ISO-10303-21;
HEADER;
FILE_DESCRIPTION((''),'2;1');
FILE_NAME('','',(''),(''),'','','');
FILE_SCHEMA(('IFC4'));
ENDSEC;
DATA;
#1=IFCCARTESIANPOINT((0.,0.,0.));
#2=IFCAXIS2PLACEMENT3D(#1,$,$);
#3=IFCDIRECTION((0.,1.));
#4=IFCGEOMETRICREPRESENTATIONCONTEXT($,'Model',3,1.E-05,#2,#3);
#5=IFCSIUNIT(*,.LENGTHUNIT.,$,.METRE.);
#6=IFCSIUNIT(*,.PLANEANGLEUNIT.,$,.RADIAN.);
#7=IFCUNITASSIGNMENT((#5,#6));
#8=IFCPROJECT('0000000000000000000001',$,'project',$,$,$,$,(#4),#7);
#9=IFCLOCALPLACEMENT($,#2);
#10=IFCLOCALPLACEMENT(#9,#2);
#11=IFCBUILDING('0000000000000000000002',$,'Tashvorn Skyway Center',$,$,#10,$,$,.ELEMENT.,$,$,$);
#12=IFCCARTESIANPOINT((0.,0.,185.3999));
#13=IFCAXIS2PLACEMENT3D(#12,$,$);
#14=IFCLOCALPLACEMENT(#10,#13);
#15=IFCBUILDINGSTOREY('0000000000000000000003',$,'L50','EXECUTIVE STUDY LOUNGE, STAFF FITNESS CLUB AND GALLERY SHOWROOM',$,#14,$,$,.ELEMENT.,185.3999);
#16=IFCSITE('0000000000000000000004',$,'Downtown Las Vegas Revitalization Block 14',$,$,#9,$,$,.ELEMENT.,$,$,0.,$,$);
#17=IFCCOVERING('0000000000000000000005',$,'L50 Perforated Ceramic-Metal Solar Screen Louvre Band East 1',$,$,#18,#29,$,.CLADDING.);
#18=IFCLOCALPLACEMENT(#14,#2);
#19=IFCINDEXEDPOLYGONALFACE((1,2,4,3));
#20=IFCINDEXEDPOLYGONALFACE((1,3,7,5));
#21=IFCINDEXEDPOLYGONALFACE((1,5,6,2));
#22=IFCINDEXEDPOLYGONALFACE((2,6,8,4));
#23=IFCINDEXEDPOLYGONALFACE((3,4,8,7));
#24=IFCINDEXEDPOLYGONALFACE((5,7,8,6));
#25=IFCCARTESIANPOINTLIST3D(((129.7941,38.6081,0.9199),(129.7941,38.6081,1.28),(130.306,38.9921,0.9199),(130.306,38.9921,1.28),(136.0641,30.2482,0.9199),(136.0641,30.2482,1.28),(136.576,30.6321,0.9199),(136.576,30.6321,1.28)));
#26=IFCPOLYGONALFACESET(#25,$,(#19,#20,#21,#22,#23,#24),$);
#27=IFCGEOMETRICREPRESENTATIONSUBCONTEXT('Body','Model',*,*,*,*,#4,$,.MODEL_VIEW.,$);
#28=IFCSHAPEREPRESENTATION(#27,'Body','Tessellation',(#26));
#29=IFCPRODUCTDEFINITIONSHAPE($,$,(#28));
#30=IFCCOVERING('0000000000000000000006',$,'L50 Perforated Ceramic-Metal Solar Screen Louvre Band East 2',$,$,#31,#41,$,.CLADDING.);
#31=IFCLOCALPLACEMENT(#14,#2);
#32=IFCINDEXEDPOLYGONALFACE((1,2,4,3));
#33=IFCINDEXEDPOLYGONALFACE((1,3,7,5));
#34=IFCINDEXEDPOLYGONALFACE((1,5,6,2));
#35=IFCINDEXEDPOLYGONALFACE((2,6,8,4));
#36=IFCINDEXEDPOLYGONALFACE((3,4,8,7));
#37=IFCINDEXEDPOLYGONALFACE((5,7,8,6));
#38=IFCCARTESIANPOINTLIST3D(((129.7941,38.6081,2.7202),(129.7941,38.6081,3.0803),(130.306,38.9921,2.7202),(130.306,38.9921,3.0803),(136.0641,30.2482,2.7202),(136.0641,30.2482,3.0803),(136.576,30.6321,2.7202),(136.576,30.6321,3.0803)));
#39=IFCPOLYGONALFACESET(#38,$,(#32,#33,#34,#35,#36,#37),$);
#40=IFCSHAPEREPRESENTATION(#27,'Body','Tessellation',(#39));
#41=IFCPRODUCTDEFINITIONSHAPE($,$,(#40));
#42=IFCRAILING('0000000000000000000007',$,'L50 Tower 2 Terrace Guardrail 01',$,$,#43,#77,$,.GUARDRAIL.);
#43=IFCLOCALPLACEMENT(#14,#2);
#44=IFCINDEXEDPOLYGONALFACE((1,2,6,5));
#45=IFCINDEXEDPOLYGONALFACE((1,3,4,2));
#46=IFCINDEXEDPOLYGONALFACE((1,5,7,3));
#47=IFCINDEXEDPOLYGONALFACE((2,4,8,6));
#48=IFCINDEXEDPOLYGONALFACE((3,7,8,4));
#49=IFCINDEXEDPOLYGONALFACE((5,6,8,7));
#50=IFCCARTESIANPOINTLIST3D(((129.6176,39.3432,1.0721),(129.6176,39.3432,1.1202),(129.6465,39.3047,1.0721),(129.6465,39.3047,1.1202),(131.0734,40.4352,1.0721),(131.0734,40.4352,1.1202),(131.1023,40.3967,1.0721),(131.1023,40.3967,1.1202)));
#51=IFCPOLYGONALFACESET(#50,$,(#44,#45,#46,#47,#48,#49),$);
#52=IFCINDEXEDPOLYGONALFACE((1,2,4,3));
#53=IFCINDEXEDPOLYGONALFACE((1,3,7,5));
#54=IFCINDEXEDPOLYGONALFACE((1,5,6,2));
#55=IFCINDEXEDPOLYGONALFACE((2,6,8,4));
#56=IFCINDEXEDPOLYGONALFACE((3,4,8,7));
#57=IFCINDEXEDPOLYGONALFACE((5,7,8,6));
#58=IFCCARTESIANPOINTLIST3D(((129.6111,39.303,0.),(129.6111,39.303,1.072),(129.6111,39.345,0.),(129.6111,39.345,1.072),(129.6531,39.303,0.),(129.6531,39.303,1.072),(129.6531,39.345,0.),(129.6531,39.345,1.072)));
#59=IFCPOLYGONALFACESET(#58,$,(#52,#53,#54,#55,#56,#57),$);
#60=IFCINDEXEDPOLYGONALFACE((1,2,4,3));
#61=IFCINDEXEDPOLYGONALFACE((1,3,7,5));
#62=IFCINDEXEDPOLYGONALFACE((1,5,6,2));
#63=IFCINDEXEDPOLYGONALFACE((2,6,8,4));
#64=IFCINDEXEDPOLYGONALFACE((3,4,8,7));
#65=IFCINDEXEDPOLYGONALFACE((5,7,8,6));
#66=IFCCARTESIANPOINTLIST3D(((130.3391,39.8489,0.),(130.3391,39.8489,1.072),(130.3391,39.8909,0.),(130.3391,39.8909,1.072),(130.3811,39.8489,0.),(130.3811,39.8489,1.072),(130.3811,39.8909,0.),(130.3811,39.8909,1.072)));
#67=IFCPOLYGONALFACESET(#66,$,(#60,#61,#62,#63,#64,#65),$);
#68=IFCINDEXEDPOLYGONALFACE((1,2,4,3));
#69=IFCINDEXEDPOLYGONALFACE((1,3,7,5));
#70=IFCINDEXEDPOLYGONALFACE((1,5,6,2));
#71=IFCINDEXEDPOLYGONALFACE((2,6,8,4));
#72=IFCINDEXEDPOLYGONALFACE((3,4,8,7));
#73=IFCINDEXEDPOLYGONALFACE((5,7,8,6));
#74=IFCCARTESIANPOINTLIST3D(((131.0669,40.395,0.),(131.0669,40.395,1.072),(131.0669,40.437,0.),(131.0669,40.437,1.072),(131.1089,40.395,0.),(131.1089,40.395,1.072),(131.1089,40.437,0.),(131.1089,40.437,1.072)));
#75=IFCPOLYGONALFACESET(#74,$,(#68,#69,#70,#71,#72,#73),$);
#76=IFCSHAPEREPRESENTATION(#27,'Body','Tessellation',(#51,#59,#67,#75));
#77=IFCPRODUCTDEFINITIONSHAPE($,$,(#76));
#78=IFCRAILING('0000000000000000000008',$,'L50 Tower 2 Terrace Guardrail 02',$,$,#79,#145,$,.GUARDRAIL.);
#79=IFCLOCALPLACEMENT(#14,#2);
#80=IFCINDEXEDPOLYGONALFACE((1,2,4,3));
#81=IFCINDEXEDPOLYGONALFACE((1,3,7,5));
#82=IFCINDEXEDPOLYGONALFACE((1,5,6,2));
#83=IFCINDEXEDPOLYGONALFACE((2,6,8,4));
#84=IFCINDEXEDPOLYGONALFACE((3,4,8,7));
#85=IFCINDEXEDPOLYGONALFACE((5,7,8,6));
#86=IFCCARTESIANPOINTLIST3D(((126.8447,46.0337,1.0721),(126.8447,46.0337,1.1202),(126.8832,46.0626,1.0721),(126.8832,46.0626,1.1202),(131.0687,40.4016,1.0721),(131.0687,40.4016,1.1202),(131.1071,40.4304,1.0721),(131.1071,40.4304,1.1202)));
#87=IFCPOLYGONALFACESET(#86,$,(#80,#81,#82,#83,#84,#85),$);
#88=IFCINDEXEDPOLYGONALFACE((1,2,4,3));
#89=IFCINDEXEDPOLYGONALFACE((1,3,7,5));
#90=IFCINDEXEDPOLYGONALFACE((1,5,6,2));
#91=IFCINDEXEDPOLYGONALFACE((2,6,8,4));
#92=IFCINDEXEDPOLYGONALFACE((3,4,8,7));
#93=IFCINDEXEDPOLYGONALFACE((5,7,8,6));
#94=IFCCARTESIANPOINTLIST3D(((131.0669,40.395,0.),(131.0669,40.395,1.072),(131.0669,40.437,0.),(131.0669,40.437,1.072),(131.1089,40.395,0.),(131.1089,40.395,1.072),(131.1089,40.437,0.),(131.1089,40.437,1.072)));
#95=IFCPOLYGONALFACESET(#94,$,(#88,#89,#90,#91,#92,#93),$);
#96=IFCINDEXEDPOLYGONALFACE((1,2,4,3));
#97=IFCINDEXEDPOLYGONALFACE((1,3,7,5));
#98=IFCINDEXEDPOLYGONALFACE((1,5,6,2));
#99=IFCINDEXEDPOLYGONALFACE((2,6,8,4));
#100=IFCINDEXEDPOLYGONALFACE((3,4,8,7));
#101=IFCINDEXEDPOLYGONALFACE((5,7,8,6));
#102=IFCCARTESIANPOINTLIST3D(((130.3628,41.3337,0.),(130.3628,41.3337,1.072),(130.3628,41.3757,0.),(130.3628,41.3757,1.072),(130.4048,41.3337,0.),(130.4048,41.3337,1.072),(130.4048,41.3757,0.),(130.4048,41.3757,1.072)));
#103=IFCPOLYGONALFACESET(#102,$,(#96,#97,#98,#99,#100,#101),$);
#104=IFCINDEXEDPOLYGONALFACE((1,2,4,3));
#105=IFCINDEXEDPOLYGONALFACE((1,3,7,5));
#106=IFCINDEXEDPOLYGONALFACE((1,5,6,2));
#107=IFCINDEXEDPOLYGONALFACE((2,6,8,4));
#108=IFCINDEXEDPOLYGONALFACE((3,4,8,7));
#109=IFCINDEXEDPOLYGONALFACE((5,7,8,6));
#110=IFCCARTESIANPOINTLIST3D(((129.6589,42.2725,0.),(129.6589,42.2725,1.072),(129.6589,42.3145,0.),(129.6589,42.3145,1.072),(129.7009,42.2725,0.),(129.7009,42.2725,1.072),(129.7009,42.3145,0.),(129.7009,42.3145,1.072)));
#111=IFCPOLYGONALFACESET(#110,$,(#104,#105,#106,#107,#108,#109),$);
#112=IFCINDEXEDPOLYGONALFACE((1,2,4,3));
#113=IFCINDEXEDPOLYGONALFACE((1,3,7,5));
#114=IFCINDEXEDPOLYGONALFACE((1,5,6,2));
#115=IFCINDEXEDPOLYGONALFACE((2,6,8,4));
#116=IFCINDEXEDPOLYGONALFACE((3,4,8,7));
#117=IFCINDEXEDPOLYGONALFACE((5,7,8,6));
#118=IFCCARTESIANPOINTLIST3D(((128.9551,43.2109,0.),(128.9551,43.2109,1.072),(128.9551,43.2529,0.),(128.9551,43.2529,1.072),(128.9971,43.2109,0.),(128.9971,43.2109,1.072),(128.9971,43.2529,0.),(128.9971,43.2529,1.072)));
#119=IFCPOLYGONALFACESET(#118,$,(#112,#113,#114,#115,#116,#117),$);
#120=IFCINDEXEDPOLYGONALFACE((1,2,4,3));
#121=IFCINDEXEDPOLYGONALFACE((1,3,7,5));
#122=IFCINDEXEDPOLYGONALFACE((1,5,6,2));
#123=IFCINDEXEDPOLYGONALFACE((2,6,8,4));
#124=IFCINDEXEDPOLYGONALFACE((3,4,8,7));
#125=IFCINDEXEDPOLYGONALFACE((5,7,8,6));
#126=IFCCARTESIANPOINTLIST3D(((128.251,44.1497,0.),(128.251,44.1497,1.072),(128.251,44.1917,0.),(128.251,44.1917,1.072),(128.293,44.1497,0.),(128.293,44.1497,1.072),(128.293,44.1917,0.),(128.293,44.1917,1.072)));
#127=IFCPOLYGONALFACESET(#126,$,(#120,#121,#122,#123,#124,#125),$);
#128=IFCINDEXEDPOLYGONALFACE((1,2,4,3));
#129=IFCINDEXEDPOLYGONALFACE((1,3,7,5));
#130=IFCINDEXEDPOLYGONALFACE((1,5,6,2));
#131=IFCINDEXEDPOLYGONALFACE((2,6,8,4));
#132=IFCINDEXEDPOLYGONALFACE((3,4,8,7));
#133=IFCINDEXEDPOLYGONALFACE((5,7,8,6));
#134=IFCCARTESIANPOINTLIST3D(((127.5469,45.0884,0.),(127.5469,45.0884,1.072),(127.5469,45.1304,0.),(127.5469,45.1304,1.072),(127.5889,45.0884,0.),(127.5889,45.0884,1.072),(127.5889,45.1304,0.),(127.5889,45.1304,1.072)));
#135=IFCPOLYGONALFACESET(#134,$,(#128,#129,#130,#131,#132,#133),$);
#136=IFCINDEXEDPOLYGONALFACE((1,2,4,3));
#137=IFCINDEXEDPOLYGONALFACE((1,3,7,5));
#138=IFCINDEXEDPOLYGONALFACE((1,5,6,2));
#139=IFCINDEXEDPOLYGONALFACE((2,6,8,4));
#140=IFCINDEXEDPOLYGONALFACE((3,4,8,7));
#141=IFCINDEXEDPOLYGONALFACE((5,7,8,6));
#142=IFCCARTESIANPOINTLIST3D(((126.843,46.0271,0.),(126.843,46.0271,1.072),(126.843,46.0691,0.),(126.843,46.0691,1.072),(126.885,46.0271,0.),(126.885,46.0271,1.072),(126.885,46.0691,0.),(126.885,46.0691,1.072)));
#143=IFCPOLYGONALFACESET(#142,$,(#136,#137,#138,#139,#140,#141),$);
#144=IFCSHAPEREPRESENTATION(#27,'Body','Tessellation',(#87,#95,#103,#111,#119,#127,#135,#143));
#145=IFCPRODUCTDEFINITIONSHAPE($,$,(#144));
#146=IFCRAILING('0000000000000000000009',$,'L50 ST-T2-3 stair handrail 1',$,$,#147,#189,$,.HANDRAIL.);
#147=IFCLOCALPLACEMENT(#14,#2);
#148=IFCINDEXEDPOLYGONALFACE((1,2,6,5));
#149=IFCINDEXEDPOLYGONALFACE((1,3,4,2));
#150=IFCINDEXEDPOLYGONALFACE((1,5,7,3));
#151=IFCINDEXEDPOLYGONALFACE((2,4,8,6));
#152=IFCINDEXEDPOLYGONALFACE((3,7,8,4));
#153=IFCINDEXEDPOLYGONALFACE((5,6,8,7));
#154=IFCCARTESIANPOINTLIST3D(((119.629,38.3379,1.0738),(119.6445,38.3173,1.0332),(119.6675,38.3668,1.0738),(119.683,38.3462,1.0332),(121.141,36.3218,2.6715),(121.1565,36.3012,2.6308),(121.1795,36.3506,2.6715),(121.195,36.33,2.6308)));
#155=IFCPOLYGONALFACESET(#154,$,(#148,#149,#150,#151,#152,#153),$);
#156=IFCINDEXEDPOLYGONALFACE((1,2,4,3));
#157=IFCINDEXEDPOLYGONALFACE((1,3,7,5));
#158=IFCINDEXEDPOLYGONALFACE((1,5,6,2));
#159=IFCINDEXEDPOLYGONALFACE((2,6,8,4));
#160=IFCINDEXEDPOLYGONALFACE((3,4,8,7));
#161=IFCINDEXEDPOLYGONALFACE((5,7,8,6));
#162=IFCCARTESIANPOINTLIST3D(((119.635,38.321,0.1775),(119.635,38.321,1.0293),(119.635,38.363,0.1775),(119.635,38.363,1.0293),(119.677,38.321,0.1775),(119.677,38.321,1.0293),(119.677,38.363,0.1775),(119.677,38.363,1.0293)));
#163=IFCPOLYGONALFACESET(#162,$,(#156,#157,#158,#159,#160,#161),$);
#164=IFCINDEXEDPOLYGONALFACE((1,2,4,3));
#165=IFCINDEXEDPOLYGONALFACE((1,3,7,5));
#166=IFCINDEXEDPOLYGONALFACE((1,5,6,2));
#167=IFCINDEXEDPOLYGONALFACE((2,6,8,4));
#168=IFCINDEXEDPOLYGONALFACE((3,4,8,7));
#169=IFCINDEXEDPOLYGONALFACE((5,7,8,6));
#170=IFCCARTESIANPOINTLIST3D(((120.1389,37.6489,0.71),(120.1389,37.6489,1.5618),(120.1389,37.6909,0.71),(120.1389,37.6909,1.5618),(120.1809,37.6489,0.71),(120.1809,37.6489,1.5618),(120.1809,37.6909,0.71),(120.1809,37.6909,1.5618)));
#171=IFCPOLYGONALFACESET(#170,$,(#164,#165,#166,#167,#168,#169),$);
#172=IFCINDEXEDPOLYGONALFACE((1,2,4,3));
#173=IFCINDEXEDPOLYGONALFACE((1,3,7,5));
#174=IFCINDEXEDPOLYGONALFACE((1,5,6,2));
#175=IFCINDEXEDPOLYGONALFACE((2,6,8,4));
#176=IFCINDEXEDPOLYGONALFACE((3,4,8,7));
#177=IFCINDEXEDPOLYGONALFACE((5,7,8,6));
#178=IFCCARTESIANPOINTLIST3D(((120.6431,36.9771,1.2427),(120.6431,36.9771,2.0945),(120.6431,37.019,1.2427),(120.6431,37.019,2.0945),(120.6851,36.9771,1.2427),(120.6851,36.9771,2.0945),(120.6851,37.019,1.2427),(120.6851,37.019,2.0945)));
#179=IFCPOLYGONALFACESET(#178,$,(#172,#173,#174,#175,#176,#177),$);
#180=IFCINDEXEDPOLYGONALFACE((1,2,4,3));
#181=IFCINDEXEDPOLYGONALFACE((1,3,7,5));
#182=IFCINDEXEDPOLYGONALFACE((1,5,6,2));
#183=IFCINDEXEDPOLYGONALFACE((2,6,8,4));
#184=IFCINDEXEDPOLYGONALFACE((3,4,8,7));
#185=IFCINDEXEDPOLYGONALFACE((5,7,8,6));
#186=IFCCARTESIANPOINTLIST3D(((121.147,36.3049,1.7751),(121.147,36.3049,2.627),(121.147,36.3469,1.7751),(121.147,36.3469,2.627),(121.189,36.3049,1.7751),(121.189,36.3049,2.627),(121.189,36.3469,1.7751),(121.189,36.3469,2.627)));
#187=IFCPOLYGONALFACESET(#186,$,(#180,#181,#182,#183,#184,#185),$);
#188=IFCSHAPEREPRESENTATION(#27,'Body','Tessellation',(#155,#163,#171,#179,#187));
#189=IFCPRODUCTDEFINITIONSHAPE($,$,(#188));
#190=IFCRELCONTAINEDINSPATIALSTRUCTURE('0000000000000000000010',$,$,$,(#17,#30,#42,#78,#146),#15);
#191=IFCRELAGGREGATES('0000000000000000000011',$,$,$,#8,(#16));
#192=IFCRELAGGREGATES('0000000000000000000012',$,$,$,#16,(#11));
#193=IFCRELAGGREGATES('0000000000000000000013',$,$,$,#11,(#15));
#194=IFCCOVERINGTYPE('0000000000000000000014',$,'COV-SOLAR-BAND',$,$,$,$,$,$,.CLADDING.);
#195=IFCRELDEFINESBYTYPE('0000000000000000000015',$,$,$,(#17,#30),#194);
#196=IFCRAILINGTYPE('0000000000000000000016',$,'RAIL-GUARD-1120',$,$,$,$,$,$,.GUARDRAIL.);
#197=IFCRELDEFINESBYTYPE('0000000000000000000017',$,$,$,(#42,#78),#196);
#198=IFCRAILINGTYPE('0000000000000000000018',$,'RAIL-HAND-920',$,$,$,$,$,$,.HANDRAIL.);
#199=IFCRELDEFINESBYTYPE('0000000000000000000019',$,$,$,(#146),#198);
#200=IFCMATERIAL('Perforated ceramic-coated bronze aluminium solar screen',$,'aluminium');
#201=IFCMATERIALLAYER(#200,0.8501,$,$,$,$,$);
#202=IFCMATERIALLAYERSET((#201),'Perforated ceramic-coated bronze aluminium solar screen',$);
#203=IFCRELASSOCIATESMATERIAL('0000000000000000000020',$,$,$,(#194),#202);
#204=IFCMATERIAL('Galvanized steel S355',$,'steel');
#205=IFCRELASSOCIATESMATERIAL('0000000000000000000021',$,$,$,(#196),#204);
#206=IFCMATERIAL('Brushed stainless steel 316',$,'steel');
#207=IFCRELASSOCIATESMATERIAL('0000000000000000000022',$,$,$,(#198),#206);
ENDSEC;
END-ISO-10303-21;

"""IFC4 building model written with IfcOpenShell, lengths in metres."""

from ifc_helpers import new_model, si_unit, direction, frame, origin, origin_2d, place, context, subcontext, project, spatial, rectangle, extrude, material, layer, layer_set, type_object, element, save


model = new_model("IFC4")

# Units and contexts
model_context = context("Model", 3, precision=1e-05, world=origin(), true_north=direction((0.0, 1.0)))
body_context = subcontext(model_context, "Body", "Model", "MODEL_VIEW")
ifc_project = project(units=[si_unit("LENGTHUNIT", "METRE"), si_unit("PLANEANGLEUNIT", "RADIAN")], contexts=[model_context])

# Site, building, storey
site_placement = place(None, origin())
site = spatial("IfcSite", under=ifc_project, at=site_placement, Name="Downtown Las Vegas Revitalization Block 14", CompositionType="ELEMENT", RefElevation=0.0)
building_placement = place(site_placement, origin())
building = spatial("IfcBuilding", under=site, at=building_placement, Name="Tashvorn Skyway Center", CompositionType="ELEMENT")
storey_placement = place(building_placement, frame((0.0, 0.0, 185.3999)))
storey = spatial("IfcBuildingStorey", under=building, at=storey_placement, Name="L50", Description="EXECUTIVE STUDY LOUNGE, STAFF FITNESS CLUB AND GALLERY SHOWROOM", CompositionType="ELEMENT", Elevation=185.3999)

# Coverings
ifc_material_1 = material(Name="Perforated ceramic-coated bronze aluminium solar screen", Category="aluminium")
ifc_layer_1 = layer(ifc_material_1, 0.8501)
ifc_layer_set_1 = layer_set([ifc_layer_1], Name="Perforated ceramic-coated bronze aluminium solar screen")
covering_type_1 = type_object("IfcCoveringType", Name="COV-SOLAR-BAND", PredefinedType="CLADDING", material=ifc_layer_set_1)
for number, where, z_axis, x_axis, name in (
    (1, (133.1851, 34.6201, 0.9199), (0.0, 0.0, 1.0), (0.6, -0.8, 0.0), "L50 Perforated Ceramic-Metal Solar Screen Louvre Band East 1"),
    (2, (133.1851, 34.6201, 2.7202), (0.0, 0.0, 1.0), (0.6, -0.8, 0.0), "L50 Perforated Ceramic-Metal Solar Screen Louvre Band East 2"),
):
    element("IfcCovering", number, at=place(storey_placement, frame(where, z_axis=z_axis, x_axis=x_axis)), inside=storey, type_object=covering_type_1, Name=name, PredefinedType="CLADDING", context=body_context, shape_type="SweptSolid", body=[
        extrude(rectangle(XDim=10.45, YDim=0.6399, at=origin_2d()), origin(), (0.0, 0.0, 1.0), 0.3601),
    ])

# Railings
ifc_material_2 = material(Name="Galvanized steel S355", Category="steel")
railing_type_1 = type_object("IfcRailingType", Name="RAIL-GUARD-1120", PredefinedType="GUARDRAIL", material=ifc_material_2)
railing_1_placement = place(storey_placement, frame((129.6321, 39.324, 0.0)))
element("IfcRailing", 3, at=railing_1_placement, inside=storey, type_object=railing_type_1, Name="L50 Tower 2 Terrace Guardrail 01", PredefinedType="GUARDRAIL", context=body_context, shape_type="SweptSolid", body=[
    extrude(rectangle(XDim=0.0481, YDim=0.0481, at=origin_2d()), frame((0.0, 0.0, 1.0962), z_axis=(0.799952, 0.600064, 0.0), x_axis=(-0.600064, 0.799952, 0.0)), (0.0, 0.0, 1.0), 1.8198),
    extrude(rectangle(XDim=0.042, YDim=0.042, at=origin_2d()), origin(), (0.0, 0.0, 1.0), 1.072),
    extrude(rectangle(XDim=0.042, YDim=0.042, at=origin_2d()), frame((0.728, 0.5459, 0.0)), (0.0, 0.0, 1.0), 1.072),
    extrude(rectangle(XDim=0.042, YDim=0.042, at=origin_2d()), frame((1.4558, 1.092, 0.0)), (0.0, 0.0, 1.0), 1.072),
])
railing_2_placement = place(storey_placement, frame((131.0879, 40.416, 0.0)))
element("IfcRailing", 4, at=railing_2_placement, inside=storey, type_object=railing_type_1, Name="L50 Tower 2 Terrace Guardrail 02", PredefinedType="GUARDRAIL", context=body_context, shape_type="SweptSolid", body=[
    extrude(rectangle(XDim=0.0481, YDim=0.0481, at=origin_2d()), frame((0.0, 0.0, 1.0962), z_axis=(-0.599983, 0.800012, 0.0), x_axis=(-0.800012, -0.599983, 0.0)), (0.0, 0.0, 1.0), 7.04),
    extrude(rectangle(XDim=0.042, YDim=0.042, at=origin_2d()), origin(), (0.0, 0.0, 1.0), 1.072),
    extrude(rectangle(XDim=0.042, YDim=0.042, at=origin_2d()), frame((-0.7041, 0.9387, 0.0)), (0.0, 0.0, 1.0), 1.072),
    extrude(rectangle(XDim=0.042, YDim=0.042, at=origin_2d()), frame((-1.408, 1.8774, 0.0)), (0.0, 0.0, 1.0), 1.072),
    extrude(rectangle(XDim=0.042, YDim=0.042, at=origin_2d()), frame((-2.1118, 2.8159, 0.0)), (0.0, 0.0, 1.0), 1.072),
    extrude(rectangle(XDim=0.042, YDim=0.042, at=origin_2d()), frame((-2.8159, 3.7546, 0.0)), (0.0, 0.0, 1.0), 1.072),
    extrude(rectangle(XDim=0.042, YDim=0.042, at=origin_2d()), frame((-3.52, 4.6934, 0.0)), (0.0, 0.0, 1.0), 1.072),
    extrude(rectangle(XDim=0.042, YDim=0.042, at=origin_2d()), frame((-4.2239, 5.6321, 0.0)), (0.0, 0.0, 1.0), 1.072),
])
ifc_material_3 = material(Name="Brushed stainless steel 316", Category="steel")
railing_type_2 = type_object("IfcRailingType", Name="RAIL-HAND-920", PredefinedType="HANDRAIL", material=ifc_material_3)
railing_3_placement = place(storey_placement, frame((119.656, 38.342, 0.1775)))
element("IfcRailing", 5, at=railing_3_placement, inside=storey, type_object=railing_type_2, Name="L50 ST-T2-3 stair handrail 1", PredefinedType="HANDRAIL", context=body_context, shape_type="SweptSolid", body=[
    extrude(rectangle(XDim=0.0481, YDim=0.0481, at=origin_2d()), frame((0.0, 0.0, 0.876), z_axis=(0.506719, -0.675679, 0.535438), x_axis=(0.800023, 0.599969, 0.0)), (0.0, 0.0, 1.0), 2.9839),
    extrude(rectangle(XDim=0.042, YDim=0.042, at=origin_2d()), origin(), (0.0, 0.0, 1.0), 0.8518),
    extrude(rectangle(XDim=0.042, YDim=0.042, at=origin_2d()), frame((0.5039, -0.6721, 0.5325)), (0.0, 0.0, 1.0), 0.8518),
    extrude(rectangle(XDim=0.042, YDim=0.042, at=origin_2d()), frame((1.0081, -1.344, 1.0652)), (0.0, 0.0, 1.0), 0.8518),
    extrude(rectangle(XDim=0.042, YDim=0.042, at=origin_2d()), frame((1.512, -2.0161, 1.5977)), (0.0, 0.0, 1.0), 0.8518),
])

save(model, "model.ifc")
